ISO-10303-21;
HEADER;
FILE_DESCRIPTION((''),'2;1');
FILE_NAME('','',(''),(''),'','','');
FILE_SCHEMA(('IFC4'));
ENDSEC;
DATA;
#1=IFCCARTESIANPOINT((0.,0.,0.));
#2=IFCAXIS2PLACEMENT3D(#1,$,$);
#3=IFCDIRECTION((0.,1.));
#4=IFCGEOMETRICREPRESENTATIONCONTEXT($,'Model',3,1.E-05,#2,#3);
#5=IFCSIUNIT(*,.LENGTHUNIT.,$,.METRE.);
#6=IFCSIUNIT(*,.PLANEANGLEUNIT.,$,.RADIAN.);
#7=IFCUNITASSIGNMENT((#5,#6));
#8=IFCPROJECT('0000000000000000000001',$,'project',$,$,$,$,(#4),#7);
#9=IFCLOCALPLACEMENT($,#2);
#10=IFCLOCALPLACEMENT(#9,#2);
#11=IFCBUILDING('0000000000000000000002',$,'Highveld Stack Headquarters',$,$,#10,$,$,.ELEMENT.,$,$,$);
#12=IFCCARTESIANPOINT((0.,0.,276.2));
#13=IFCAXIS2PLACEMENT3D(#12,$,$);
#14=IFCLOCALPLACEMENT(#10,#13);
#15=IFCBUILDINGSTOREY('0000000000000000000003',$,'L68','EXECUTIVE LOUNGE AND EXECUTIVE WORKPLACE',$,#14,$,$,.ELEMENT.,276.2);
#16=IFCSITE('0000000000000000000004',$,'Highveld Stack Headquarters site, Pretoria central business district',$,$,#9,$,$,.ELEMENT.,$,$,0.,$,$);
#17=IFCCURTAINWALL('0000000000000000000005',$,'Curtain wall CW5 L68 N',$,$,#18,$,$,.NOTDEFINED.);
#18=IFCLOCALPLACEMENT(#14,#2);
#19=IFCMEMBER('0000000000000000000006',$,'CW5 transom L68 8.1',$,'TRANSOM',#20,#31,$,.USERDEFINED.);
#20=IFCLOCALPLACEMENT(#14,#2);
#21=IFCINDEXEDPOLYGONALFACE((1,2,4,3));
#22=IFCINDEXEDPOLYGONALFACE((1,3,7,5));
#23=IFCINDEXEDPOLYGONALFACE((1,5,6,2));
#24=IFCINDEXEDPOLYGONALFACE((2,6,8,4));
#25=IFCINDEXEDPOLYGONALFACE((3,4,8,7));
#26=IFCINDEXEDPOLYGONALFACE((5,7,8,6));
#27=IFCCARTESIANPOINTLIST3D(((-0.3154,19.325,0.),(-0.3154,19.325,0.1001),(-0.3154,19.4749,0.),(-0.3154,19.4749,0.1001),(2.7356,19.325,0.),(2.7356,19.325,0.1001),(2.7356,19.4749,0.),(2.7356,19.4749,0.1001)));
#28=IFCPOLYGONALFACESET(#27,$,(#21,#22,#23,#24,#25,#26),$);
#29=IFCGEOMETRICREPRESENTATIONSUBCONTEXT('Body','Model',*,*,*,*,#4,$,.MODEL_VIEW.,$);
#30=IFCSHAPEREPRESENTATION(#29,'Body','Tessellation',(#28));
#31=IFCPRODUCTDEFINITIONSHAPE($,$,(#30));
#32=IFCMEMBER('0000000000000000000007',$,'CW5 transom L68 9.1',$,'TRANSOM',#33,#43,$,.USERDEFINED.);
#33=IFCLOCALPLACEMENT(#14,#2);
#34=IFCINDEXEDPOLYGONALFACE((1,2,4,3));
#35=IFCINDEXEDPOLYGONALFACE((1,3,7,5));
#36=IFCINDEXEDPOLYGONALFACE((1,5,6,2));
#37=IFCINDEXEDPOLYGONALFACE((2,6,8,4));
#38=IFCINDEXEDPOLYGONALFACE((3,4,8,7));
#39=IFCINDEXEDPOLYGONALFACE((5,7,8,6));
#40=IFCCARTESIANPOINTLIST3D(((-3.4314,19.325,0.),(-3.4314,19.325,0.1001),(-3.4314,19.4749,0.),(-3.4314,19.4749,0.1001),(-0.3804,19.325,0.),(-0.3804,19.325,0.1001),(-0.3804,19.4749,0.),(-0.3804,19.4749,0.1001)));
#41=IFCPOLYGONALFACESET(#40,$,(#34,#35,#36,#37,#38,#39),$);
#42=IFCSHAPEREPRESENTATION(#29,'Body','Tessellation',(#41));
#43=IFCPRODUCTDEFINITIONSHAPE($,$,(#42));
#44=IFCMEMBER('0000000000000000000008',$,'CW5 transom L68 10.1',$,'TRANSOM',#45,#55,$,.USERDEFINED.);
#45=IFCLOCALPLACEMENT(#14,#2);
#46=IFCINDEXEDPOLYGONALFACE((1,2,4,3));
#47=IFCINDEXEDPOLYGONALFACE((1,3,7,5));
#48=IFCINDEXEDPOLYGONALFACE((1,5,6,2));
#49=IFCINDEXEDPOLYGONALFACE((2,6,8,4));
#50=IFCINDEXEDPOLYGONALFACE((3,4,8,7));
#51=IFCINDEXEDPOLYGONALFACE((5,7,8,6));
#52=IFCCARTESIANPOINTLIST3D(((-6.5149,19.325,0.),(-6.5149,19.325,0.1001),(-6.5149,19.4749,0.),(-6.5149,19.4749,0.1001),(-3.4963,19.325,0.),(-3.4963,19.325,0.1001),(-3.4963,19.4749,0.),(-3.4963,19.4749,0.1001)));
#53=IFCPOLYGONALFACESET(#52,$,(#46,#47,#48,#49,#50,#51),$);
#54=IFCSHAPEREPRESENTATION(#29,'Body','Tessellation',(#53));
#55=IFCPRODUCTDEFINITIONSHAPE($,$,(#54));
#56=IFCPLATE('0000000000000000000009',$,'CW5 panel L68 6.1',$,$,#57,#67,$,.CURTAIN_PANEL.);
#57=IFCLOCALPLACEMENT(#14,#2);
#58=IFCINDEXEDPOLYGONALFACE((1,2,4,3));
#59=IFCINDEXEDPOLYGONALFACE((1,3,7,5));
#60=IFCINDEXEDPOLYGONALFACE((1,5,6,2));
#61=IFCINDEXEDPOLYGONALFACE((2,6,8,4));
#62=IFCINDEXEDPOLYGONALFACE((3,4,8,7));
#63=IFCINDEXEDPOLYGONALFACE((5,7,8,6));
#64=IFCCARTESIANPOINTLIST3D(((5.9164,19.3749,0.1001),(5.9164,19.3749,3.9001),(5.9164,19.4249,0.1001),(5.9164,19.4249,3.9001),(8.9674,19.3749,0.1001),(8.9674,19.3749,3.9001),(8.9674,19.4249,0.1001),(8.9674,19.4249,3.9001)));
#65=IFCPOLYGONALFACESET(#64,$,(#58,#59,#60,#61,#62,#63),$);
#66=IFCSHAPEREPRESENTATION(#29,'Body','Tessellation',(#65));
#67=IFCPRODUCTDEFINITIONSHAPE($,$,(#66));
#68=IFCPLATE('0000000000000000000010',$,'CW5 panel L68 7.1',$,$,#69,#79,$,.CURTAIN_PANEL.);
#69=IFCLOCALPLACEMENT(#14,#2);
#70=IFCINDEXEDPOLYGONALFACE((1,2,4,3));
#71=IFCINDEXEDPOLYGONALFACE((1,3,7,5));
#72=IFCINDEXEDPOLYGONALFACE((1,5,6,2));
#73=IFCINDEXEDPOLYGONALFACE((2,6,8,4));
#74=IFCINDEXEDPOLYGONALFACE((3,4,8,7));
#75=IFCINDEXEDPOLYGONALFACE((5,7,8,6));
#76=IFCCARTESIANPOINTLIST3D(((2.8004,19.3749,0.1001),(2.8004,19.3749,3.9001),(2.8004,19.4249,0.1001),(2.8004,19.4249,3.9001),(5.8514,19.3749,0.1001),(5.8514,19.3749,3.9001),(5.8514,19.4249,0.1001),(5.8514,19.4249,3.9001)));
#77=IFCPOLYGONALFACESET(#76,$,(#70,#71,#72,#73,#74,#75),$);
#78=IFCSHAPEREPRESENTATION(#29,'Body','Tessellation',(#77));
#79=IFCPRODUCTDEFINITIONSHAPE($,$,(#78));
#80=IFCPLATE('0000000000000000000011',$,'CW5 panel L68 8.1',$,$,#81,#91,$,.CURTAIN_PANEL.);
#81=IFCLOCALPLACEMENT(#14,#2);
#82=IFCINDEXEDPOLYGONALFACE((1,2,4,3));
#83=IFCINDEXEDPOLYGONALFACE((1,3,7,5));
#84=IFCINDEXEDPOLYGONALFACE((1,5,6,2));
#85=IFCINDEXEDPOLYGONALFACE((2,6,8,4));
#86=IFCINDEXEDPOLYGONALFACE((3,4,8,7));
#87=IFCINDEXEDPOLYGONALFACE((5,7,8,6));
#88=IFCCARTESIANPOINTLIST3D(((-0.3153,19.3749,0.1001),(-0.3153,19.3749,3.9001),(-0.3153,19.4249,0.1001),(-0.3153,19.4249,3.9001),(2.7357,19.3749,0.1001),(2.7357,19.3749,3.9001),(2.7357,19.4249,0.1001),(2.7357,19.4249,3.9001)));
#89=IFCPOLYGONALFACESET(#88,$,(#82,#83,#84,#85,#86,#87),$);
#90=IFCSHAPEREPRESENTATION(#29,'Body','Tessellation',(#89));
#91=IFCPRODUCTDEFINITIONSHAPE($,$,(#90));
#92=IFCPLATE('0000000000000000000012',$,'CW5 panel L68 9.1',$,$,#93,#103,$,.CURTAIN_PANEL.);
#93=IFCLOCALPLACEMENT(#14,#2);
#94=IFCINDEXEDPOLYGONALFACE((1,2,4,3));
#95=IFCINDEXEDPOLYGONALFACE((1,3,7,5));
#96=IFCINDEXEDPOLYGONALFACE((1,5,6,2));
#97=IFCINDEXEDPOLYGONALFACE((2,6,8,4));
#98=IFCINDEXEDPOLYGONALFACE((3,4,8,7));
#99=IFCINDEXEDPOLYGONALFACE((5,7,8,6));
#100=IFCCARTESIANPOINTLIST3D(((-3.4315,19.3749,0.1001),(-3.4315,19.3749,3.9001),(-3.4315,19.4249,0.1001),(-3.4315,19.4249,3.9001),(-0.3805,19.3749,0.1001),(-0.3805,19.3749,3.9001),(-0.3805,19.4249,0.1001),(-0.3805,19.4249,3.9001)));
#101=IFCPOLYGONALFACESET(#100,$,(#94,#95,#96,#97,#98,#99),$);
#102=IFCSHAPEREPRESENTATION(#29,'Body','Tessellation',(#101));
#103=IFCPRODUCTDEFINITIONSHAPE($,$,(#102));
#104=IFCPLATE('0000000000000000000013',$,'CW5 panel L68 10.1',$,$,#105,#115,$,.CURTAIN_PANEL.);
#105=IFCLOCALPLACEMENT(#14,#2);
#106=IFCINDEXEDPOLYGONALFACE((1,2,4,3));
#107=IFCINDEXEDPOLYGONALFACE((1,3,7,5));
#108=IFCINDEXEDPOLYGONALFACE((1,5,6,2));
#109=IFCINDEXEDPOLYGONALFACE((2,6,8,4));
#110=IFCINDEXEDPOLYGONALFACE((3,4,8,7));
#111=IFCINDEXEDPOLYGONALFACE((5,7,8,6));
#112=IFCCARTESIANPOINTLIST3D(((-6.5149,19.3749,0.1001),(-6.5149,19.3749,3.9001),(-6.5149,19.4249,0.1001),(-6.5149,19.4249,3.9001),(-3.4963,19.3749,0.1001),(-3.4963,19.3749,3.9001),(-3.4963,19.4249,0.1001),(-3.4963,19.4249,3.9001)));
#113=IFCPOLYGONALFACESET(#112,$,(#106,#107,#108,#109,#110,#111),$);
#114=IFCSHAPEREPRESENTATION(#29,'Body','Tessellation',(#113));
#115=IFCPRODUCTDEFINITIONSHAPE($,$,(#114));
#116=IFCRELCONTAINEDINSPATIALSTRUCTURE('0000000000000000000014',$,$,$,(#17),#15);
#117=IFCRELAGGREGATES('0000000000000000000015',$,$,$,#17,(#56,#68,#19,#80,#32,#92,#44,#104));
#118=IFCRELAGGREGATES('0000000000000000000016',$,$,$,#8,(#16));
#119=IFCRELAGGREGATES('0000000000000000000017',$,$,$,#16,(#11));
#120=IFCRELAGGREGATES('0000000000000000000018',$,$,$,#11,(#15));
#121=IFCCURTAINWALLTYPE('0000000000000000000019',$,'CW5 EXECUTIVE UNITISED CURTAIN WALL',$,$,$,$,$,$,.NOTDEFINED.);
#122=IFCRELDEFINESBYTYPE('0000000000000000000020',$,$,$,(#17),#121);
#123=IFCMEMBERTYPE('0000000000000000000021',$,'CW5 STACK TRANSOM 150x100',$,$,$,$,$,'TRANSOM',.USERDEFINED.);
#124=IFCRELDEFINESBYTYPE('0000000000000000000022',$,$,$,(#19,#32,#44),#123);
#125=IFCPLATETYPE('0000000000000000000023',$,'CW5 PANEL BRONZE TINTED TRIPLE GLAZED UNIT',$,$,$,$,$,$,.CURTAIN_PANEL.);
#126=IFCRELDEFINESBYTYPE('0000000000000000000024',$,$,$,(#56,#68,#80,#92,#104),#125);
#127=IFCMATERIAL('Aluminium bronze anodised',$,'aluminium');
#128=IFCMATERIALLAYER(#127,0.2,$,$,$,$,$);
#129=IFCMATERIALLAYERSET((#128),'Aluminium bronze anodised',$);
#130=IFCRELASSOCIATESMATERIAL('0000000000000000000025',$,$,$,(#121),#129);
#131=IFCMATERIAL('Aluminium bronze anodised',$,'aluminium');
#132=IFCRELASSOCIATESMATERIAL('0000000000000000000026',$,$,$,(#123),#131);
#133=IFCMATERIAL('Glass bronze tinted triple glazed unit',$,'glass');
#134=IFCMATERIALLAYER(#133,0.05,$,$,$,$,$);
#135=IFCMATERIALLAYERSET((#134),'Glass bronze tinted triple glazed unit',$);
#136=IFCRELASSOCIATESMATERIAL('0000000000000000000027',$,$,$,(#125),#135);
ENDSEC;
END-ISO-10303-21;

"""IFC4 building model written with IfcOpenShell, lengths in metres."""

from ifc_helpers import new_model, si_unit, direction, frame, origin, origin_2d, place, context, subcontext, project, spatial, rectangle, extrude, material, layer, layer_set, material_profile, profile_set, type_object, element, aggregate, save


model = new_model("IFC4")

# Units and contexts
model_context = context("Model", 3, precision=1e-05, world=origin(), true_north=direction((0.0, 1.0)))
body_context = subcontext(model_context, "Body", "Model", "MODEL_VIEW")
ifc_project = project(units=[si_unit("LENGTHUNIT", "METRE"), si_unit("PLANEANGLEUNIT", "RADIAN")], contexts=[model_context])

# Site, building, storey
site_placement = place(None, origin())
site = spatial("IfcSite", under=ifc_project, at=site_placement, Name="Highveld Stack Headquarters site, Pretoria central business district", CompositionType="ELEMENT", RefElevation=0.0)
building_placement = place(site_placement, origin())
building = spatial("IfcBuilding", under=site, at=building_placement, Name="Highveld Stack Headquarters", CompositionType="ELEMENT")
storey_placement = place(building_placement, frame((0.0, 0.0, 276.2)))
storey = spatial("IfcBuildingStorey", under=building, at=storey_placement, Name="L68", Description="EXECUTIVE LOUNGE AND EXECUTIVE WORKPLACE", CompositionType="ELEMENT", Elevation=276.2)

# Curtain wall, members, plates
ifc_material_1 = material(Name="Aluminium bronze anodised", Category="aluminium")
ifc_layer_1 = layer(ifc_material_1, 0.2)
ifc_layer_set_1 = layer_set([ifc_layer_1], Name="Aluminium bronze anodised")
curtain_wall_type = type_object("IfcCurtainWallType", Name="CW5 EXECUTIVE UNITISED CURTAIN WALL", PredefinedType="NOTDEFINED", material=ifc_layer_set_1)
curtain_wall_placement = place(storey_placement, origin())
curtain_wall = element("IfcCurtainWall", 1, at=curtain_wall_placement, inside=storey, type_object=curtain_wall_type, Name="Curtain wall CW5 L68 N", PredefinedType="NOTDEFINED")
ifc_material_2 = material(Name="Aluminium bronze anodised", Category="aluminium")
ifc_material_profile_1 = material_profile(ifc_material_2, rectangle(XDim=0.1499, YDim=0.1001, at=origin_2d()), Name="CW5 TRANSOM 150x100")
ifc_profile_set_1 = profile_set([ifc_material_profile_1], Name="Aluminium bronze anodised")
member_type_1 = type_object("IfcMemberType", Name="CW5 STACK TRANSOM 150x100", ElementType="TRANSOM", PredefinedType="USERDEFINED", material=ifc_profile_set_1)
member_1_placement = place(storey_placement, frame((2.7356, 19.3999, 0.05), z_axis=(-1.0, 0.0, 0.0), x_axis=(0.0, -1.0, 0.0)))
member_1 = element("IfcMember", 2, at=member_1_placement, type_object=member_type_1, Name="CW5 transom L68 8.1", ObjectType="TRANSOM", PredefinedType="USERDEFINED", context=body_context, shape_type="SweptSolid", body=[
    extrude(rectangle(XDim=0.1499, YDim=0.1001, at=origin_2d()), origin(), (0.0, 0.0, 1.0), 3.051),
])
member_2_placement = place(storey_placement, frame((-0.3804, 19.3999, 0.05), z_axis=(-1.0, 0.0, 0.0), x_axis=(0.0, -1.0, 0.0)))
member_2 = element("IfcMember", 3, at=member_2_placement, type_object=member_type_1, Name="CW5 transom L68 9.1", ObjectType="TRANSOM", PredefinedType="USERDEFINED", context=body_context, shape_type="SweptSolid", body=[
    extrude(rectangle(XDim=0.1499, YDim=0.1001, at=origin_2d()), origin(), (0.0, 0.0, 1.0), 3.051),
])
member_3_placement = place(storey_placement, frame((-3.4963, 19.3999, 0.05), z_axis=(-1.0, 0.0, 0.0), x_axis=(0.0, -1.0, 0.0)))
member_3 = element("IfcMember", 4, at=member_3_placement, type_object=member_type_1, Name="CW5 transom L68 10.1", ObjectType="TRANSOM", PredefinedType="USERDEFINED", context=body_context, shape_type="SweptSolid", body=[
    extrude(rectangle(XDim=0.1499, YDim=0.1001, at=origin_2d()), origin(), (0.0, 0.0, 1.0), 3.0186),
])
ifc_material_3 = material(Name="Glass bronze tinted triple glazed unit", Category="glass")
ifc_layer_2 = layer(ifc_material_3, 0.05)
ifc_layer_set_2 = layer_set([ifc_layer_2], Name="Glass bronze tinted triple glazed unit")
plate_type = type_object("IfcPlateType", Name="CW5 PANEL BRONZE TINTED TRIPLE GLAZED UNIT", PredefinedType="CURTAIN_PANEL", material=ifc_layer_set_2)
plate_1_placement = place(storey_placement, frame((7.4419, 19.3999, 0.1001), z_axis=(0.0, 0.0, 1.0), x_axis=(-1.0, 0.0, 0.0)))
plate_1 = element("IfcPlate", 5, at=plate_1_placement, type_object=plate_type, Name="CW5 panel L68 6.1", PredefinedType="CURTAIN_PANEL", context=body_context, shape_type="SweptSolid", body=[
    extrude(rectangle(XDim=3.051, YDim=0.05, at=origin_2d()), origin(), (0.0, 0.0, 1.0), 3.8),
])
plate_2_placement = place(storey_placement, frame((4.3259, 19.3999, 0.1001), z_axis=(0.0, 0.0, 1.0), x_axis=(-1.0, 0.0, 0.0)))
plate_2 = element("IfcPlate", 6, at=plate_2_placement, type_object=plate_type, Name="CW5 panel L68 7.1", PredefinedType="CURTAIN_PANEL", context=body_context, shape_type="SweptSolid", body=[
    extrude(rectangle(XDim=3.051, YDim=0.05, at=origin_2d()), origin(), (0.0, 0.0, 1.0), 3.8),
])
plate_3_placement = place(storey_placement, frame((1.2102, 19.3999, 0.1001), z_axis=(0.0, 0.0, 1.0), x_axis=(-1.0, 0.0, 0.0)))
plate_3 = element("IfcPlate", 7, at=plate_3_placement, type_object=plate_type, Name="CW5 panel L68 8.1", PredefinedType="CURTAIN_PANEL", context=body_context, shape_type="SweptSolid", body=[
    extrude(rectangle(XDim=3.051, YDim=0.05, at=origin_2d()), origin(), (0.0, 0.0, 1.0), 3.8),
])
plate_4_placement = place(storey_placement, frame((-1.906, 19.3999, 0.1001), z_axis=(0.0, 0.0, 1.0), x_axis=(-1.0, 0.0, 0.0)))
plate_4 = element("IfcPlate", 8, at=plate_4_placement, type_object=plate_type, Name="CW5 panel L68 9.1", PredefinedType="CURTAIN_PANEL", context=body_context, shape_type="SweptSolid", body=[
    extrude(rectangle(XDim=3.051, YDim=0.05, at=origin_2d()), origin(), (0.0, 0.0, 1.0), 3.8),
])
plate_5_placement = place(storey_placement, frame((-5.0056, 19.3999, 0.1001), z_axis=(0.0, 0.0, 1.0), x_axis=(-1.0, 0.0, 0.0)))
plate_5 = element("IfcPlate", 9, at=plate_5_placement, type_object=plate_type, Name="CW5 panel L68 10.1", PredefinedType="CURTAIN_PANEL", context=body_context, shape_type="SweptSolid", body=[
    extrude(rectangle(XDim=3.0186, YDim=0.05, at=origin_2d()), origin(), (0.0, 0.0, 1.0), 3.8),
])
aggregate(curtain_wall, [plate_1, plate_2, member_1, plate_3, member_2, plate_4, member_3, plate_5])

save(model, "model.ifc")
